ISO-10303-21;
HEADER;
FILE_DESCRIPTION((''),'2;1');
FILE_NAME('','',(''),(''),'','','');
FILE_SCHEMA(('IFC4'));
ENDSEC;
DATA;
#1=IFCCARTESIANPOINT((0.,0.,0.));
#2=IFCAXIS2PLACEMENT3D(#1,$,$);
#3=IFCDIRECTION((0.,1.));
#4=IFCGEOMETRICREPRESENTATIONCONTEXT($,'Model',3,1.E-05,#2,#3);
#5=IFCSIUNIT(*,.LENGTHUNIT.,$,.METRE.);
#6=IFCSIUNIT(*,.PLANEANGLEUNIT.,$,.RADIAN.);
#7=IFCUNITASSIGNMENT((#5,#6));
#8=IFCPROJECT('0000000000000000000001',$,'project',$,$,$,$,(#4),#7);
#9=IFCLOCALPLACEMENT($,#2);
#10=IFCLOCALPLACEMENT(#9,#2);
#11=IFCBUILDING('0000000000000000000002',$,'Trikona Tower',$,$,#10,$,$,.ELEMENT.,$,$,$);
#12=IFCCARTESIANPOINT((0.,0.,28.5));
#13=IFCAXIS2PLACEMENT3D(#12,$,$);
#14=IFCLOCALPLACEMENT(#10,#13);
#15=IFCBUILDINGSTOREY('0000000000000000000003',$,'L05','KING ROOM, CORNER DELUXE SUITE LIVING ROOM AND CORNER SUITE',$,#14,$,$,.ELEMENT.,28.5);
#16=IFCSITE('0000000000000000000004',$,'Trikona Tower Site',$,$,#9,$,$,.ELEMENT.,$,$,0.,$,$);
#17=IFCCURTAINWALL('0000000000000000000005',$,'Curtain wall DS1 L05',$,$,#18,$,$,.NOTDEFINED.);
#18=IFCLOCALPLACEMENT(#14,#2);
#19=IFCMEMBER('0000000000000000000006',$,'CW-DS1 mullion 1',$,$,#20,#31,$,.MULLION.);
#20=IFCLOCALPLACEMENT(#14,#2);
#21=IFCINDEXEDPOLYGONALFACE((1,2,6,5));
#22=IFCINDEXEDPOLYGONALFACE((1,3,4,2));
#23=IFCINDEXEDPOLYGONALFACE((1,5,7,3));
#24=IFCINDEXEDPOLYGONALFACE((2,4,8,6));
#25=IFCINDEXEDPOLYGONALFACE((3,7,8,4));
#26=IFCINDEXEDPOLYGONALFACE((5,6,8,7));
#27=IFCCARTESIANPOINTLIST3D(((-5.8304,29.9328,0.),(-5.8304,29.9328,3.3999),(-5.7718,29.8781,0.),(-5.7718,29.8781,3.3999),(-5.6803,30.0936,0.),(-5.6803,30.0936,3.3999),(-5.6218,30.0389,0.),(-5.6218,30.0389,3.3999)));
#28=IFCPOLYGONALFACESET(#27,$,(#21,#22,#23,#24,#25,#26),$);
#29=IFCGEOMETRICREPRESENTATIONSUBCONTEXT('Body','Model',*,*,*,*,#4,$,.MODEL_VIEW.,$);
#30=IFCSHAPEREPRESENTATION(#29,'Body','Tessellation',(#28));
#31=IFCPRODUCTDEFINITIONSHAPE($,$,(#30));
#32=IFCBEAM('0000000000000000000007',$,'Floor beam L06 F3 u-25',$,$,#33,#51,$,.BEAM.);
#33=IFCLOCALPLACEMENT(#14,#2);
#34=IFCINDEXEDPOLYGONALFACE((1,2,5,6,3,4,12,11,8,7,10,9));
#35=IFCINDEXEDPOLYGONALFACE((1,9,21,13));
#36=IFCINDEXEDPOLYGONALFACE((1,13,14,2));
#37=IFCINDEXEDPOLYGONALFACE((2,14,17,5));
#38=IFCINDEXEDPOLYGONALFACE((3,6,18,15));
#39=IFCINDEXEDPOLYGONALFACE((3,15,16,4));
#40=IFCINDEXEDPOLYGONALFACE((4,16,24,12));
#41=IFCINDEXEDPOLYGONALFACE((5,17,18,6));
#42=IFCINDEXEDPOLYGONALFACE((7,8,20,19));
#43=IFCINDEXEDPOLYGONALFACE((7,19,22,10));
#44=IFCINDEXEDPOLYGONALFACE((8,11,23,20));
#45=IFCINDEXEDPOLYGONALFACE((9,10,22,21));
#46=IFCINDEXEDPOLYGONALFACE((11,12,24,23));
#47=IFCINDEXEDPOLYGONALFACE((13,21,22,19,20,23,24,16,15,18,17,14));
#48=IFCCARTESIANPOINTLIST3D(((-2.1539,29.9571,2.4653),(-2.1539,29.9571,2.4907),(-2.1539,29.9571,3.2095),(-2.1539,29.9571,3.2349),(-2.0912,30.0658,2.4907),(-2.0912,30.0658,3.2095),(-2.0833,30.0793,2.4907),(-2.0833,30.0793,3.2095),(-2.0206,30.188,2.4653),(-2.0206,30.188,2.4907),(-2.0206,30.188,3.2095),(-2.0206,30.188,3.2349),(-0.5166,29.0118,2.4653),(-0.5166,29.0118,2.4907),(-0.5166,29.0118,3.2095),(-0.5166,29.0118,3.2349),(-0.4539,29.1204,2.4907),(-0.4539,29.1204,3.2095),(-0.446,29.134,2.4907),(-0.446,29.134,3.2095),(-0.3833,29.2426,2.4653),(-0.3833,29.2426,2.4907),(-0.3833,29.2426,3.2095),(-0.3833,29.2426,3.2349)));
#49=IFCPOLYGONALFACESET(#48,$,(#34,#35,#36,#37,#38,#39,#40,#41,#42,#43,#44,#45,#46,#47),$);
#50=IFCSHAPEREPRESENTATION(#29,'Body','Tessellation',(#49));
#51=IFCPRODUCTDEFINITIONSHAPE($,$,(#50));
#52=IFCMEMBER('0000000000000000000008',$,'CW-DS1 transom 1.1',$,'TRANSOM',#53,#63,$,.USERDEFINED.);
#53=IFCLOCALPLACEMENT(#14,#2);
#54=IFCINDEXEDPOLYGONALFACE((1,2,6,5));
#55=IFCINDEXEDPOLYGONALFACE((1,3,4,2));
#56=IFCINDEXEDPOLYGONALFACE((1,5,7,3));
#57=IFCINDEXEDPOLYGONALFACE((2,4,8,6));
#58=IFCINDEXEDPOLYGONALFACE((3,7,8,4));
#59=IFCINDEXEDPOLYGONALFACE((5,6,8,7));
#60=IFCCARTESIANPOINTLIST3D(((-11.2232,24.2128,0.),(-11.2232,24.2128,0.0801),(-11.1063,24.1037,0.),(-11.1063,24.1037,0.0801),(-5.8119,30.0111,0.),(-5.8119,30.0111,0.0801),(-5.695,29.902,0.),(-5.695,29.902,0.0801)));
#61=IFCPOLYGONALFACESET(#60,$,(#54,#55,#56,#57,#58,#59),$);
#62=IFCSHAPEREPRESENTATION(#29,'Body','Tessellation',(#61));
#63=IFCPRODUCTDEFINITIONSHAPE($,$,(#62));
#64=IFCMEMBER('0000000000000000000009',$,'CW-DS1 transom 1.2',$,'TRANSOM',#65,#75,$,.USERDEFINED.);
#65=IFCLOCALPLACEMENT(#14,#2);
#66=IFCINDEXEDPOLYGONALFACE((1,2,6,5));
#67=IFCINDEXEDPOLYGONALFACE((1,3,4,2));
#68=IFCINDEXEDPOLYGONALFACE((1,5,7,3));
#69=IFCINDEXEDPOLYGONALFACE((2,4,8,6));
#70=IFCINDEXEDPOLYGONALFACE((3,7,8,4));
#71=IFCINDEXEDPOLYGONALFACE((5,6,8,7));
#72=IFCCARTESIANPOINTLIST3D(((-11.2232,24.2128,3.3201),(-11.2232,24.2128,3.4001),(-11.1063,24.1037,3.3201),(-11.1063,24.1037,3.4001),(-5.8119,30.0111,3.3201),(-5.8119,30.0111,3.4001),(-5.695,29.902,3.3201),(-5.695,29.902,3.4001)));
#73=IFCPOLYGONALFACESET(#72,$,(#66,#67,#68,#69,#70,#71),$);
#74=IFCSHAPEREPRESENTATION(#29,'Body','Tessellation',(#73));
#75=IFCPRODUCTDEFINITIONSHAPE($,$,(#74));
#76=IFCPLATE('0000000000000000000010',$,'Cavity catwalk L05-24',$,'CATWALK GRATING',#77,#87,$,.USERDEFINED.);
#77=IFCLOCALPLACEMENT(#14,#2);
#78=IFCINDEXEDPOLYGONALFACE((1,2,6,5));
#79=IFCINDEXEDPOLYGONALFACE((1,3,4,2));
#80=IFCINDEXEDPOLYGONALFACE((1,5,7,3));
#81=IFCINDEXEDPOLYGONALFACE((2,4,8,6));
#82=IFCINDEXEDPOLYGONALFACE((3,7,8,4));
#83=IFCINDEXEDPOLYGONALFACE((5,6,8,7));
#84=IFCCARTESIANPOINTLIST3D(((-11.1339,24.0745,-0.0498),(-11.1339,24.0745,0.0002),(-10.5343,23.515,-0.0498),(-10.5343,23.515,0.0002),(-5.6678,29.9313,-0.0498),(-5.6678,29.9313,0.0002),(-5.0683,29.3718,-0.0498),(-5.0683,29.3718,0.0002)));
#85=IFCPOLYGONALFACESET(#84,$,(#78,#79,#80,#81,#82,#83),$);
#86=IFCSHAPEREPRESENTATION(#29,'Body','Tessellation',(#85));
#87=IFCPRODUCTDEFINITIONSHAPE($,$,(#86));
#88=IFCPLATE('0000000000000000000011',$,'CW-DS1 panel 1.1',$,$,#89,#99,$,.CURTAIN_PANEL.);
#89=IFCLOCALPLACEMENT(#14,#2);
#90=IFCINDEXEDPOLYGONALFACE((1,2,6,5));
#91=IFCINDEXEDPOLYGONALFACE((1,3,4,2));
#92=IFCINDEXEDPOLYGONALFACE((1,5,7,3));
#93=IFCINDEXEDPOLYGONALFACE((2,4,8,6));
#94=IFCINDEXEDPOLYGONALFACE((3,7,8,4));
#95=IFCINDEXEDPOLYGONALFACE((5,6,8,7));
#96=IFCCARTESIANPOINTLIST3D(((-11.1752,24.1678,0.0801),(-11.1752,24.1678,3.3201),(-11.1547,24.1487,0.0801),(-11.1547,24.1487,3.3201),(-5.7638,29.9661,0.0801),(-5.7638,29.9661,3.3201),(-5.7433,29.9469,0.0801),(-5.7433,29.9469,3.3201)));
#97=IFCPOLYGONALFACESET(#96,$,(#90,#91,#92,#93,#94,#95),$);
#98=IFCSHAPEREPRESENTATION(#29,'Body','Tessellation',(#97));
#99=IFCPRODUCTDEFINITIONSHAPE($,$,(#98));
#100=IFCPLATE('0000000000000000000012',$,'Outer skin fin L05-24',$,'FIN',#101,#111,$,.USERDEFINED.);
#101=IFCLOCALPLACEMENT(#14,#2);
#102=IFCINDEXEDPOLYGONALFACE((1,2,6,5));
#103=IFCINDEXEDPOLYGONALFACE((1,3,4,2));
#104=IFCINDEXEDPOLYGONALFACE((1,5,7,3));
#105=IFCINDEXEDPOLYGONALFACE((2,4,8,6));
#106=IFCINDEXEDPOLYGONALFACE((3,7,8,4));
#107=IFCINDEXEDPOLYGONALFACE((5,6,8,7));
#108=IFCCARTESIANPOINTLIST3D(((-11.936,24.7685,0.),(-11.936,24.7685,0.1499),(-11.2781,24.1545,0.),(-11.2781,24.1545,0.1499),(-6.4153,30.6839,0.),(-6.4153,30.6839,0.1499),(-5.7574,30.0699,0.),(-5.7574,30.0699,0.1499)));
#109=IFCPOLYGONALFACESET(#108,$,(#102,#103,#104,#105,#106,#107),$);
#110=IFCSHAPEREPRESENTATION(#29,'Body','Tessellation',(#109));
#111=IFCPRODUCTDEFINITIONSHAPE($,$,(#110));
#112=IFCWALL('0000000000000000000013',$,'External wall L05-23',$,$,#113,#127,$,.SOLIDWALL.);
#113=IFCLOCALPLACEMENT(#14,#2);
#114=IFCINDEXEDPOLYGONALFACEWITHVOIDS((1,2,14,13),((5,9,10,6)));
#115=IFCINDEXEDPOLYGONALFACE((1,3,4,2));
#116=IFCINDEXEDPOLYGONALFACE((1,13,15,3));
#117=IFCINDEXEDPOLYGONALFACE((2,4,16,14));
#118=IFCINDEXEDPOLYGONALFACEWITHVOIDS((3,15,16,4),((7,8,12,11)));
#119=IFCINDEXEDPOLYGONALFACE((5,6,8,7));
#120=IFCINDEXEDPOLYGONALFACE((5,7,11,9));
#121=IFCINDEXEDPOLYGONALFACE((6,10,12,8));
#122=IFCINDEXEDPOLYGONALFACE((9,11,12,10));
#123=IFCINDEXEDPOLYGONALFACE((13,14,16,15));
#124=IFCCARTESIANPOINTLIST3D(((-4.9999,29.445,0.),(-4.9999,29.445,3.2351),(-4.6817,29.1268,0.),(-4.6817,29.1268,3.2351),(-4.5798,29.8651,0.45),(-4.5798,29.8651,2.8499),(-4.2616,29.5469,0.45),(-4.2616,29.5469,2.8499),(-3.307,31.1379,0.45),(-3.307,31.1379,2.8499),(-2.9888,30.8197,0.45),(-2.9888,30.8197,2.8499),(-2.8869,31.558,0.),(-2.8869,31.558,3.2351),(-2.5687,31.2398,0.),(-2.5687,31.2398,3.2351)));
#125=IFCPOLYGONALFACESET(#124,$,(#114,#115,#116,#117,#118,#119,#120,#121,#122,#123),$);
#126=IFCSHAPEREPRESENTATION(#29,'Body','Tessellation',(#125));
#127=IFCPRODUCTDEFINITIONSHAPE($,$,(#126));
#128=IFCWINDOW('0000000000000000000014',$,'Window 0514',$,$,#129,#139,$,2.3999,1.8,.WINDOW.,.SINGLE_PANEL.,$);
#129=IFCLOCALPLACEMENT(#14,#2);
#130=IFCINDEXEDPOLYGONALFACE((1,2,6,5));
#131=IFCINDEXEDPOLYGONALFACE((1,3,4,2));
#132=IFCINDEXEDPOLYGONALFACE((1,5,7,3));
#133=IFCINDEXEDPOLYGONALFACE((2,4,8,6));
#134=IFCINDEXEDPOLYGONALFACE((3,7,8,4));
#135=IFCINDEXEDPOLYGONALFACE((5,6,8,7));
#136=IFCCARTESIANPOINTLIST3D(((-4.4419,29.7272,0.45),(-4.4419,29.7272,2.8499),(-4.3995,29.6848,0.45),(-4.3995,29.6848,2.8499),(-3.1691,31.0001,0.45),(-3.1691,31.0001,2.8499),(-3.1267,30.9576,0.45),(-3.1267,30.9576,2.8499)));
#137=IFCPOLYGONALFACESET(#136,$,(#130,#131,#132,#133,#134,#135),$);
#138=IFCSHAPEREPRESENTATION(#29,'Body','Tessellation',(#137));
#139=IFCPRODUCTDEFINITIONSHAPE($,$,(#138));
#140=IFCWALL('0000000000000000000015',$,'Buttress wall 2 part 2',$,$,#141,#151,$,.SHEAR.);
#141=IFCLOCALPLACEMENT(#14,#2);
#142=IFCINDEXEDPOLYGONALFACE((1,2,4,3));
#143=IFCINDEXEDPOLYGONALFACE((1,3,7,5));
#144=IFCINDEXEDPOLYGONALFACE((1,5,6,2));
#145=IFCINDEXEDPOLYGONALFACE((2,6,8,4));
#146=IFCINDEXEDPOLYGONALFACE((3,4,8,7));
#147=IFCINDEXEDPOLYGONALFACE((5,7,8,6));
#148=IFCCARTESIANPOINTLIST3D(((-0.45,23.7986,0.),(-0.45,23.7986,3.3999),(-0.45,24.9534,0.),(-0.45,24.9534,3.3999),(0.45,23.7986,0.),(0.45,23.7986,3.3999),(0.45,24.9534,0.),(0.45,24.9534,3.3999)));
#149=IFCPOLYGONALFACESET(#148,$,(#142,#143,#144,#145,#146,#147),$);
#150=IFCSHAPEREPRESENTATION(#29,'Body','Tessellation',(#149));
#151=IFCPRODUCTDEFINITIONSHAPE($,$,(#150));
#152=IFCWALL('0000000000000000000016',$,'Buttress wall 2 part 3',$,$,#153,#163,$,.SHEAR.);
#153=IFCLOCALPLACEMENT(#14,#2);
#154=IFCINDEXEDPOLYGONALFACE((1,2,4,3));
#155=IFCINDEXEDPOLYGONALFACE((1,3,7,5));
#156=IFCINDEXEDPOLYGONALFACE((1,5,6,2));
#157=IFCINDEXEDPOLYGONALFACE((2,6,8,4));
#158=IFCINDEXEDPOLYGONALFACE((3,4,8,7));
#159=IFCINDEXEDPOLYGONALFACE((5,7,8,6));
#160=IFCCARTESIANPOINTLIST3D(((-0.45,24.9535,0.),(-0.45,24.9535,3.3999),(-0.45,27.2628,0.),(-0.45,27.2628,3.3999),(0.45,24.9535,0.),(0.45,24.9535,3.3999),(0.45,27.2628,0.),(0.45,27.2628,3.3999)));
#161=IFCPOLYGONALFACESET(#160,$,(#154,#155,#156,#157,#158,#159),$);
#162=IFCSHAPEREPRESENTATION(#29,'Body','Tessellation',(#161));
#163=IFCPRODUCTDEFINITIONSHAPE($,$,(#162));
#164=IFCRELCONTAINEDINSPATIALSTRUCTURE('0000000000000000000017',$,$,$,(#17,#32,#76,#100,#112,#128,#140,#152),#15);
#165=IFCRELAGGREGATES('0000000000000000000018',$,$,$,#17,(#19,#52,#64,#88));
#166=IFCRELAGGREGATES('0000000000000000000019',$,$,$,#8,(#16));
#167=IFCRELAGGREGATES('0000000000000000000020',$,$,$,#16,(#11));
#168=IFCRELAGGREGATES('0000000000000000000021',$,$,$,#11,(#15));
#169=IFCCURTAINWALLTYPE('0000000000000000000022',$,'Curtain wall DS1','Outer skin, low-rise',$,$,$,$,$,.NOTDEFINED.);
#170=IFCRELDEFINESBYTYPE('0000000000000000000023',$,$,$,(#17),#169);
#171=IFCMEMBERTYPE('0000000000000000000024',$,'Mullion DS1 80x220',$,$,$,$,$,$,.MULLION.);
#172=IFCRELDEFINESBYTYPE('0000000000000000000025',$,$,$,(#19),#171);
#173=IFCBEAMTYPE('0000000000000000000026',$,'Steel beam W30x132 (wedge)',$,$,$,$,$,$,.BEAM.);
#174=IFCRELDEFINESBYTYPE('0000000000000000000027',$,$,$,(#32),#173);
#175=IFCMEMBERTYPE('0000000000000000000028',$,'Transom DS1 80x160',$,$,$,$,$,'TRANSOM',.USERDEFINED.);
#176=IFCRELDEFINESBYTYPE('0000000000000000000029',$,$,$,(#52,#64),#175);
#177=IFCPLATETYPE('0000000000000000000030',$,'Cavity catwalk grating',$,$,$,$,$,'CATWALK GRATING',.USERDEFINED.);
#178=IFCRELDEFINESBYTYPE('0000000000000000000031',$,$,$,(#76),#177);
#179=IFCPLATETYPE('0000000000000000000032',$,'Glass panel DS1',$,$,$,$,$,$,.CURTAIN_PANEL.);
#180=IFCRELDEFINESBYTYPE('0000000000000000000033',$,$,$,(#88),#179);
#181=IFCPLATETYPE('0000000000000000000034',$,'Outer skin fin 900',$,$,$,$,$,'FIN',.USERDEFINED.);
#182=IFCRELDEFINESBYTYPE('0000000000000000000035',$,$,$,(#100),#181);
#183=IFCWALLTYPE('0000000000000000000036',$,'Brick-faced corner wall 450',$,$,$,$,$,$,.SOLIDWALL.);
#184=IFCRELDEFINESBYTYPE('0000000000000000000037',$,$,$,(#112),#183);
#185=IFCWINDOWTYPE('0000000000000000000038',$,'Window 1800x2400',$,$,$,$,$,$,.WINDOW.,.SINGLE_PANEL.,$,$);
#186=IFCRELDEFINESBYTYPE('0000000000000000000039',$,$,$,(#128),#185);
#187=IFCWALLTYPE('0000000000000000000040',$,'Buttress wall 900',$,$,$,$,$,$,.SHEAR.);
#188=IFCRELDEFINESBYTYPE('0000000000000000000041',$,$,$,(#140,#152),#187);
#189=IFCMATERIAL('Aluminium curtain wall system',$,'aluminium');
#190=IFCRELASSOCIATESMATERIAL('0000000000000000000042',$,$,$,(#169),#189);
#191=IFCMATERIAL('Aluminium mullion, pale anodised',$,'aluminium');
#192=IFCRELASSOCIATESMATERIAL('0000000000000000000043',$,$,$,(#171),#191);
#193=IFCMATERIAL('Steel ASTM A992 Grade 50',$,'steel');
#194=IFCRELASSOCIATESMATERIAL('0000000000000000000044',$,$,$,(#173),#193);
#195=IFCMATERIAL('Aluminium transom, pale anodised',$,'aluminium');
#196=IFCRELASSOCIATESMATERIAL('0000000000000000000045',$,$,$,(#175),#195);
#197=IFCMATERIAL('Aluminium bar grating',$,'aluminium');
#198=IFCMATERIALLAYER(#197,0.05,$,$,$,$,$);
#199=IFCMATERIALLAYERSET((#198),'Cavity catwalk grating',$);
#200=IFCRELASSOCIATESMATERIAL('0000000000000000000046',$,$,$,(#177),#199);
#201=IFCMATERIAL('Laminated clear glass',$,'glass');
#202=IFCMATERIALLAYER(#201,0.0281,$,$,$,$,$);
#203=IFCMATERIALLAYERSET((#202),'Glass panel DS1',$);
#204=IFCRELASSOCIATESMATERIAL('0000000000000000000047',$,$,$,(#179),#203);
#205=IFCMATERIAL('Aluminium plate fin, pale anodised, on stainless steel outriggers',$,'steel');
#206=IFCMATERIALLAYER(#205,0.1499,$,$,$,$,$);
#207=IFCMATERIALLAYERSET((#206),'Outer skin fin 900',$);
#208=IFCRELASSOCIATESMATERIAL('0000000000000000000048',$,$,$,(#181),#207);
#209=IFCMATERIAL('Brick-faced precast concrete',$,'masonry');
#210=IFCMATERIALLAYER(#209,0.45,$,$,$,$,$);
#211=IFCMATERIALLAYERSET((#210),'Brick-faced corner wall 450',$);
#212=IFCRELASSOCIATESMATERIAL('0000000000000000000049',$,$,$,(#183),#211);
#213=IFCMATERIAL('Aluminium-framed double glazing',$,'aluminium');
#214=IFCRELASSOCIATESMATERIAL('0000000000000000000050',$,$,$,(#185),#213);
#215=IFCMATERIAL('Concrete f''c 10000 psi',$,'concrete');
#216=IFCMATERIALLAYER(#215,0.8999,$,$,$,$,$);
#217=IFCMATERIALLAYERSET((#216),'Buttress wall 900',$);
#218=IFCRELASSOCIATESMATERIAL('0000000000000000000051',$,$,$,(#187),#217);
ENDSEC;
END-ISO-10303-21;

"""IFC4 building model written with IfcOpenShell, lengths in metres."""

from ifc_helpers import new_model, si_unit, direction, frame, frame_2d, origin, origin_2d, place, context, subcontext, project, spatial, rectangle, i_section, extrude, material, layer, layer_set, material_profile, profile_set, type_object, element, fill, aggregate, save


model = new_model("IFC4")

# Units and contexts
model_context = context("Model", 3, precision=1e-05, world=origin(), true_north=direction((0.0, 1.0)))
body_context = subcontext(model_context, "Body", "Model", "MODEL_VIEW")
ifc_project = project(units=[si_unit("LENGTHUNIT", "METRE"), si_unit("PLANEANGLEUNIT", "RADIAN")], contexts=[model_context])

# Site, building, storey
site_placement = place(None, origin())
site = spatial("IfcSite", under=ifc_project, at=site_placement, Name="Trikona Tower Site", CompositionType="ELEMENT", RefElevation=0.0)
building_placement = place(site_placement, origin())
building = spatial("IfcBuilding", under=site, at=building_placement, Name="Trikona Tower", CompositionType="ELEMENT")
storey_placement = place(building_placement, frame((0.0, 0.0, 28.5)))
storey = spatial("IfcBuildingStorey", under=building, at=storey_placement, Name="L05", Description="KING ROOM, CORNER DELUXE SUITE LIVING ROOM AND CORNER SUITE", CompositionType="ELEMENT", Elevation=28.5)

# Curtain wall, member
ifc_material_1 = material(Name="Aluminium curtain wall system", Category="aluminium")
curtain_wall_type = type_object("IfcCurtainWallType", Name="Curtain wall DS1", Description="Outer skin, low-rise", PredefinedType="NOTDEFINED", material=ifc_material_1)
curtain_wall_placement = place(storey_placement, origin())
curtain_wall = element("IfcCurtainWall", 1, at=curtain_wall_placement, inside=storey, type_object=curtain_wall_type, Name="Curtain wall DS1 L05", PredefinedType="NOTDEFINED")
ifc_material_2 = material(Name="Aluminium mullion, pale anodised", Category="aluminium")
ifc_material_profile_1 = material_profile(ifc_material_2, rectangle(XDim=0.0801, YDim=0.22, at=origin_2d()), Name="MUL-DS1")
ifc_profile_set_1 = profile_set([ifc_material_profile_1], Name="Aluminium mullion, pale anodised")
member_type_1 = type_object("IfcMemberType", Name="Mullion DS1 80x220", PredefinedType="MULLION", material=ifc_profile_set_1)
member_1_placement = place(storey_placement, frame((-5.7261, 29.9858, 0.0), z_axis=(0.0, 0.0, 1.0), x_axis=(0.731077, -0.682295, 0.0)))
member_1 = element("IfcMember", 2, at=member_1_placement, type_object=member_type_1, Name="CW-DS1 mullion 1", PredefinedType="MULLION", context=body_context, shape_type="SweptSolid", body=[
    extrude(rectangle(XDim=0.0801, YDim=0.22, at=origin_2d()), origin(), (0.0, 0.0, 1.0), 3.3999),
])

# Beam
ifc_material_3 = material(Name="Steel ASTM A992 Grade 50", Category="steel")
ifc_material_profile_2 = material_profile(ifc_material_3, i_section(OverallWidth=0.2666, OverallDepth=0.7695, WebThickness=0.0156, FlangeThickness=0.0254, at=origin_2d()), Name="W30X132")
ifc_profile_set_2 = profile_set([ifc_material_profile_2], Name="Steel ASTM A992 Grade 50")
beam_type = type_object("IfcBeamType", Name="Steel beam W30x132 (wedge)", PredefinedType="BEAM", material=ifc_profile_set_2)
beam_placement = place(storey_placement, frame((-0.45, 29.1272, 2.8501), z_axis=(-0.866009, 0.500028, 0.0), x_axis=(-0.500028, -0.866009, 0.0)))
element("IfcBeam", 3, at=beam_placement, inside=storey, type_object=beam_type, Name="Floor beam L06 F3 u-25", PredefinedType="BEAM", context=body_context, shape_type="SweptSolid", body=[
    extrude(i_section(OverallWidth=0.2666, OverallDepth=0.7695, WebThickness=0.0156, FlangeThickness=0.0254, at=origin_2d()), origin(), (0.0, 0.0, 1.0), 1.8906),
])

# Members
ifc_material_4 = material(Name="Aluminium transom, pale anodised", Category="aluminium")
ifc_material_profile_3 = material_profile(ifc_material_4, rectangle(XDim=0.1599, YDim=0.0801, at=origin_2d()), Name="TRN-DS1")
ifc_profile_set_3 = profile_set([ifc_material_profile_3], Name="Aluminium transom, pale anodised")
member_type_2 = type_object("IfcMemberType", Name="Transom DS1 80x160", ElementType="TRANSOM", PredefinedType="USERDEFINED", material=ifc_profile_set_3)
member_2_placement = place(storey_placement, frame((-5.7534, 29.9565, 0.04), z_axis=(-0.682291, -0.731081, 0.0), x_axis=(0.731081, -0.682291, 0.0)))
member_2 = element("IfcMember", 4, at=member_2_placement, type_object=member_type_2, Name="CW-DS1 transom 1.1", ObjectType="TRANSOM", PredefinedType="USERDEFINED", context=body_context, shape_type="SweptSolid", body=[
    extrude(rectangle(XDim=0.1599, YDim=0.0801, at=origin_2d()), origin(), (0.0, 0.0, 1.0), 7.9312),
])
member_3_placement = place(storey_placement, frame((-5.7534, 29.9565, 3.3601), z_axis=(-0.682291, -0.731081, 0.0), x_axis=(0.731081, -0.682291, 0.0)))
member_3 = element("IfcMember", 5, at=member_3_placement, type_object=member_type_2, Name="CW-DS1 transom 1.2", ObjectType="TRANSOM", PredefinedType="USERDEFINED", context=body_context, shape_type="SweptSolid", body=[
    extrude(rectangle(XDim=0.1599, YDim=0.0801, at=origin_2d()), origin(), (0.0, 0.0, 1.0), 7.9312),
])

# Plates
ifc_material_5 = material(Name="Aluminium bar grating", Category="aluminium")
ifc_layer_1 = layer(ifc_material_5, 0.05)
ifc_layer_set_1 = layer_set([ifc_layer_1], Name="Cavity catwalk grating")
plate_type_1 = type_object("IfcPlateType", Name="Cavity catwalk grating", ElementType="CATWALK GRATING", PredefinedType="USERDEFINED", material=ifc_layer_set_1)
plate_1_placement = place(storey_placement, frame((-8.1011, 26.7231, -0.0498), z_axis=(0.0, 0.0, 1.0), x_axis=(-0.682298, -0.731074, 0.0)))
element("IfcPlate", 6, at=plate_1_placement, inside=storey, type_object=plate_type_1, Name="Cavity catwalk L05-24", ObjectType="CATWALK GRATING", PredefinedType="USERDEFINED", context=body_context, shape_type="SweptSolid", body=[
    extrude(rectangle(XDim=8.0112, YDim=0.8201, at=origin_2d()), origin(), (0.0, 0.0, 1.0), 0.05),
])
ifc_material_6 = material(Name="Laminated clear glass", Category="glass")
ifc_layer_2 = layer(ifc_material_6, 0.0281)
ifc_layer_set_2 = layer_set([ifc_layer_2], Name="Glass panel DS1")
plate_type_2 = type_object("IfcPlateType", Name="Glass panel DS1", PredefinedType="CURTAIN_PANEL", material=ifc_layer_set_2)
plate_2_placement = place(storey_placement, frame((-8.4592, 27.0574, 0.0801), z_axis=(0.0, 0.0, 1.0), x_axis=(-0.682295, -0.731077, 0.0)))
plate_2 = element("IfcPlate", 7, at=plate_2_placement, type_object=plate_type_2, Name="CW-DS1 panel 1.1", PredefinedType="CURTAIN_PANEL", context=body_context, shape_type="SweptSolid", body=[
    extrude(rectangle(XDim=7.9312, YDim=0.0281, at=origin_2d()), origin(), (0.0, 0.0, 1.0), 3.24),
])
aggregate(curtain_wall, [member_1, member_2, member_3, plate_2])
ifc_material_7 = material(Name="Aluminium plate fin, pale anodised, on stainless steel outriggers", Category="steel")
ifc_layer_3 = layer(ifc_material_7, 0.1499)
ifc_layer_set_3 = layer_set([ifc_layer_3], Name="Outer skin fin 900")
plate_type_3 = type_object("IfcPlateType", Name="Outer skin fin 900", ElementType="FIN", PredefinedType="USERDEFINED", material=ifc_layer_set_3)
plate_3_placement = place(storey_placement, frame((-8.8467, 27.4192, 0.0), z_axis=(0.0, 0.0, 1.0), x_axis=(-0.682298, -0.731074, 0.0)))
element("IfcPlate", 8, at=plate_3_placement, inside=storey, type_object=plate_type_3, Name="Outer skin fin L05-24", ObjectType="FIN", PredefinedType="USERDEFINED", context=body_context, shape_type="SweptSolid", body=[
    extrude(rectangle(XDim=8.0913, YDim=0.8999, at=origin_2d()), origin(), (0.0, 0.0, 1.0), 0.1499),
])

# Wall, opening, window
ifc_material_8 = material(Name="Brick-faced precast concrete", Category="masonry")
ifc_layer_4 = layer(ifc_material_8, 0.45)
ifc_layer_set_4 = layer_set([ifc_layer_4], Name="Brick-faced corner wall 450")
wall_type_1 = type_object("IfcWallType", Name="Brick-faced corner wall 450", PredefinedType="SOLIDWALL", material=ifc_layer_set_4)
wall_1_placement = place(storey_placement, frame((-2.7278, 31.3989, 0.0), z_axis=(0.0, 0.0, 1.0), x_axis=(-0.707107, -0.707107, 0.0)))
wall_1 = element("IfcWall", 9, at=wall_1_placement, inside=storey, type_object=wall_type_1, Name="External wall L05-23", PredefinedType="SOLIDWALL", context=body_context, shape_type="SweptSolid", body=[
    extrude(rectangle(XDim=2.9883, YDim=0.45, at=frame_2d((1.4941, 0.0))), origin(), (0.0, 0.0, 1.0), 3.2351),
])
opening_1_placement = place(wall_1_placement, frame((0.5942, 0.0, 0.45)))
opening_1 = element("IfcOpeningElement", 10, at=opening_1_placement, cuts=wall_1, PredefinedType="OPENING", context=body_context, shape_type="SweptSolid", body=[
    extrude(rectangle(XDim=1.8, YDim=2.3999, at=frame_2d((0.8999, 1.2))), frame((0.0, 0.2349, 0.0), z_axis=(0.0, -1.0, 0.0), x_axis=(1.0, 0.0, 0.0)), (0.0, 0.0, 1.0), 0.47),
])
ifc_material_9 = material(Name="Aluminium-framed double glazing", Category="aluminium")
window_type_1 = type_object("IfcWindowType", Name="Window 1800x2400", PartitioningType="SINGLE_PANEL", PredefinedType="WINDOW", material=ifc_material_9)
window_1_placement = place(opening_1_placement, origin())
window_1 = element("IfcWindow", 11, at=window_1_placement, inside=storey, type_object=window_type_1, Name="Window 0514", OverallHeight=2.3999, OverallWidth=1.8, PartitioningType="SINGLE_PANEL", PredefinedType="WINDOW", context=body_context, shape_type="SweptSolid", body=[
    extrude(rectangle(XDim=1.8, YDim=2.3999, at=frame_2d((0.8999, 1.2))), frame((0.0, 0.03, 0.0), z_axis=(0.0, -1.0, 0.0), x_axis=(1.0, 0.0, 0.0)), (0.0, 0.0, 1.0), 0.0601),
])
fill(opening_1, window_1)

# Walls
ifc_material_10 = material(Name="Concrete f'c 10000 psi", Category="concrete")
ifc_layer_5 = layer(ifc_material_10, 0.8999)
ifc_layer_set_5 = layer_set([ifc_layer_5], Name="Buttress wall 900")
wall_type_2 = type_object("IfcWallType", Name="Buttress wall 900", PredefinedType="SHEAR", material=ifc_layer_set_5)
wall_2_placement = place(storey_placement, frame((0.0, 23.7986, 0.0), z_axis=(0.0, 0.0, 1.0), x_axis=(0.0, 1.0, 0.0)))
element("IfcWall", 12, at=wall_2_placement, inside=storey, type_object=wall_type_2, Name="Buttress wall 2 part 2", PredefinedType="SHEAR", context=body_context, shape_type="SweptSolid", body=[
    extrude(rectangle(XDim=1.1548, YDim=0.8999, at=frame_2d((0.5774, 0.0))), origin(), (0.0, 0.0, 1.0), 3.3999),
])
wall_3_placement = place(storey_placement, frame((0.0, 24.9534, 0.0), z_axis=(0.0, 0.0, 1.0), x_axis=(0.0, 1.0, 0.0)))
element("IfcWall", 13, at=wall_3_placement, inside=storey, type_object=wall_type_2, Name="Buttress wall 2 part 3", PredefinedType="SHEAR", context=body_context, shape_type="SweptSolid", body=[
    extrude(rectangle(XDim=2.3093, YDim=0.8999, at=frame_2d((1.1548, 0.0))), origin(), (0.0, 0.0, 1.0), 3.3999),
])

save(model, "model.ifc")
